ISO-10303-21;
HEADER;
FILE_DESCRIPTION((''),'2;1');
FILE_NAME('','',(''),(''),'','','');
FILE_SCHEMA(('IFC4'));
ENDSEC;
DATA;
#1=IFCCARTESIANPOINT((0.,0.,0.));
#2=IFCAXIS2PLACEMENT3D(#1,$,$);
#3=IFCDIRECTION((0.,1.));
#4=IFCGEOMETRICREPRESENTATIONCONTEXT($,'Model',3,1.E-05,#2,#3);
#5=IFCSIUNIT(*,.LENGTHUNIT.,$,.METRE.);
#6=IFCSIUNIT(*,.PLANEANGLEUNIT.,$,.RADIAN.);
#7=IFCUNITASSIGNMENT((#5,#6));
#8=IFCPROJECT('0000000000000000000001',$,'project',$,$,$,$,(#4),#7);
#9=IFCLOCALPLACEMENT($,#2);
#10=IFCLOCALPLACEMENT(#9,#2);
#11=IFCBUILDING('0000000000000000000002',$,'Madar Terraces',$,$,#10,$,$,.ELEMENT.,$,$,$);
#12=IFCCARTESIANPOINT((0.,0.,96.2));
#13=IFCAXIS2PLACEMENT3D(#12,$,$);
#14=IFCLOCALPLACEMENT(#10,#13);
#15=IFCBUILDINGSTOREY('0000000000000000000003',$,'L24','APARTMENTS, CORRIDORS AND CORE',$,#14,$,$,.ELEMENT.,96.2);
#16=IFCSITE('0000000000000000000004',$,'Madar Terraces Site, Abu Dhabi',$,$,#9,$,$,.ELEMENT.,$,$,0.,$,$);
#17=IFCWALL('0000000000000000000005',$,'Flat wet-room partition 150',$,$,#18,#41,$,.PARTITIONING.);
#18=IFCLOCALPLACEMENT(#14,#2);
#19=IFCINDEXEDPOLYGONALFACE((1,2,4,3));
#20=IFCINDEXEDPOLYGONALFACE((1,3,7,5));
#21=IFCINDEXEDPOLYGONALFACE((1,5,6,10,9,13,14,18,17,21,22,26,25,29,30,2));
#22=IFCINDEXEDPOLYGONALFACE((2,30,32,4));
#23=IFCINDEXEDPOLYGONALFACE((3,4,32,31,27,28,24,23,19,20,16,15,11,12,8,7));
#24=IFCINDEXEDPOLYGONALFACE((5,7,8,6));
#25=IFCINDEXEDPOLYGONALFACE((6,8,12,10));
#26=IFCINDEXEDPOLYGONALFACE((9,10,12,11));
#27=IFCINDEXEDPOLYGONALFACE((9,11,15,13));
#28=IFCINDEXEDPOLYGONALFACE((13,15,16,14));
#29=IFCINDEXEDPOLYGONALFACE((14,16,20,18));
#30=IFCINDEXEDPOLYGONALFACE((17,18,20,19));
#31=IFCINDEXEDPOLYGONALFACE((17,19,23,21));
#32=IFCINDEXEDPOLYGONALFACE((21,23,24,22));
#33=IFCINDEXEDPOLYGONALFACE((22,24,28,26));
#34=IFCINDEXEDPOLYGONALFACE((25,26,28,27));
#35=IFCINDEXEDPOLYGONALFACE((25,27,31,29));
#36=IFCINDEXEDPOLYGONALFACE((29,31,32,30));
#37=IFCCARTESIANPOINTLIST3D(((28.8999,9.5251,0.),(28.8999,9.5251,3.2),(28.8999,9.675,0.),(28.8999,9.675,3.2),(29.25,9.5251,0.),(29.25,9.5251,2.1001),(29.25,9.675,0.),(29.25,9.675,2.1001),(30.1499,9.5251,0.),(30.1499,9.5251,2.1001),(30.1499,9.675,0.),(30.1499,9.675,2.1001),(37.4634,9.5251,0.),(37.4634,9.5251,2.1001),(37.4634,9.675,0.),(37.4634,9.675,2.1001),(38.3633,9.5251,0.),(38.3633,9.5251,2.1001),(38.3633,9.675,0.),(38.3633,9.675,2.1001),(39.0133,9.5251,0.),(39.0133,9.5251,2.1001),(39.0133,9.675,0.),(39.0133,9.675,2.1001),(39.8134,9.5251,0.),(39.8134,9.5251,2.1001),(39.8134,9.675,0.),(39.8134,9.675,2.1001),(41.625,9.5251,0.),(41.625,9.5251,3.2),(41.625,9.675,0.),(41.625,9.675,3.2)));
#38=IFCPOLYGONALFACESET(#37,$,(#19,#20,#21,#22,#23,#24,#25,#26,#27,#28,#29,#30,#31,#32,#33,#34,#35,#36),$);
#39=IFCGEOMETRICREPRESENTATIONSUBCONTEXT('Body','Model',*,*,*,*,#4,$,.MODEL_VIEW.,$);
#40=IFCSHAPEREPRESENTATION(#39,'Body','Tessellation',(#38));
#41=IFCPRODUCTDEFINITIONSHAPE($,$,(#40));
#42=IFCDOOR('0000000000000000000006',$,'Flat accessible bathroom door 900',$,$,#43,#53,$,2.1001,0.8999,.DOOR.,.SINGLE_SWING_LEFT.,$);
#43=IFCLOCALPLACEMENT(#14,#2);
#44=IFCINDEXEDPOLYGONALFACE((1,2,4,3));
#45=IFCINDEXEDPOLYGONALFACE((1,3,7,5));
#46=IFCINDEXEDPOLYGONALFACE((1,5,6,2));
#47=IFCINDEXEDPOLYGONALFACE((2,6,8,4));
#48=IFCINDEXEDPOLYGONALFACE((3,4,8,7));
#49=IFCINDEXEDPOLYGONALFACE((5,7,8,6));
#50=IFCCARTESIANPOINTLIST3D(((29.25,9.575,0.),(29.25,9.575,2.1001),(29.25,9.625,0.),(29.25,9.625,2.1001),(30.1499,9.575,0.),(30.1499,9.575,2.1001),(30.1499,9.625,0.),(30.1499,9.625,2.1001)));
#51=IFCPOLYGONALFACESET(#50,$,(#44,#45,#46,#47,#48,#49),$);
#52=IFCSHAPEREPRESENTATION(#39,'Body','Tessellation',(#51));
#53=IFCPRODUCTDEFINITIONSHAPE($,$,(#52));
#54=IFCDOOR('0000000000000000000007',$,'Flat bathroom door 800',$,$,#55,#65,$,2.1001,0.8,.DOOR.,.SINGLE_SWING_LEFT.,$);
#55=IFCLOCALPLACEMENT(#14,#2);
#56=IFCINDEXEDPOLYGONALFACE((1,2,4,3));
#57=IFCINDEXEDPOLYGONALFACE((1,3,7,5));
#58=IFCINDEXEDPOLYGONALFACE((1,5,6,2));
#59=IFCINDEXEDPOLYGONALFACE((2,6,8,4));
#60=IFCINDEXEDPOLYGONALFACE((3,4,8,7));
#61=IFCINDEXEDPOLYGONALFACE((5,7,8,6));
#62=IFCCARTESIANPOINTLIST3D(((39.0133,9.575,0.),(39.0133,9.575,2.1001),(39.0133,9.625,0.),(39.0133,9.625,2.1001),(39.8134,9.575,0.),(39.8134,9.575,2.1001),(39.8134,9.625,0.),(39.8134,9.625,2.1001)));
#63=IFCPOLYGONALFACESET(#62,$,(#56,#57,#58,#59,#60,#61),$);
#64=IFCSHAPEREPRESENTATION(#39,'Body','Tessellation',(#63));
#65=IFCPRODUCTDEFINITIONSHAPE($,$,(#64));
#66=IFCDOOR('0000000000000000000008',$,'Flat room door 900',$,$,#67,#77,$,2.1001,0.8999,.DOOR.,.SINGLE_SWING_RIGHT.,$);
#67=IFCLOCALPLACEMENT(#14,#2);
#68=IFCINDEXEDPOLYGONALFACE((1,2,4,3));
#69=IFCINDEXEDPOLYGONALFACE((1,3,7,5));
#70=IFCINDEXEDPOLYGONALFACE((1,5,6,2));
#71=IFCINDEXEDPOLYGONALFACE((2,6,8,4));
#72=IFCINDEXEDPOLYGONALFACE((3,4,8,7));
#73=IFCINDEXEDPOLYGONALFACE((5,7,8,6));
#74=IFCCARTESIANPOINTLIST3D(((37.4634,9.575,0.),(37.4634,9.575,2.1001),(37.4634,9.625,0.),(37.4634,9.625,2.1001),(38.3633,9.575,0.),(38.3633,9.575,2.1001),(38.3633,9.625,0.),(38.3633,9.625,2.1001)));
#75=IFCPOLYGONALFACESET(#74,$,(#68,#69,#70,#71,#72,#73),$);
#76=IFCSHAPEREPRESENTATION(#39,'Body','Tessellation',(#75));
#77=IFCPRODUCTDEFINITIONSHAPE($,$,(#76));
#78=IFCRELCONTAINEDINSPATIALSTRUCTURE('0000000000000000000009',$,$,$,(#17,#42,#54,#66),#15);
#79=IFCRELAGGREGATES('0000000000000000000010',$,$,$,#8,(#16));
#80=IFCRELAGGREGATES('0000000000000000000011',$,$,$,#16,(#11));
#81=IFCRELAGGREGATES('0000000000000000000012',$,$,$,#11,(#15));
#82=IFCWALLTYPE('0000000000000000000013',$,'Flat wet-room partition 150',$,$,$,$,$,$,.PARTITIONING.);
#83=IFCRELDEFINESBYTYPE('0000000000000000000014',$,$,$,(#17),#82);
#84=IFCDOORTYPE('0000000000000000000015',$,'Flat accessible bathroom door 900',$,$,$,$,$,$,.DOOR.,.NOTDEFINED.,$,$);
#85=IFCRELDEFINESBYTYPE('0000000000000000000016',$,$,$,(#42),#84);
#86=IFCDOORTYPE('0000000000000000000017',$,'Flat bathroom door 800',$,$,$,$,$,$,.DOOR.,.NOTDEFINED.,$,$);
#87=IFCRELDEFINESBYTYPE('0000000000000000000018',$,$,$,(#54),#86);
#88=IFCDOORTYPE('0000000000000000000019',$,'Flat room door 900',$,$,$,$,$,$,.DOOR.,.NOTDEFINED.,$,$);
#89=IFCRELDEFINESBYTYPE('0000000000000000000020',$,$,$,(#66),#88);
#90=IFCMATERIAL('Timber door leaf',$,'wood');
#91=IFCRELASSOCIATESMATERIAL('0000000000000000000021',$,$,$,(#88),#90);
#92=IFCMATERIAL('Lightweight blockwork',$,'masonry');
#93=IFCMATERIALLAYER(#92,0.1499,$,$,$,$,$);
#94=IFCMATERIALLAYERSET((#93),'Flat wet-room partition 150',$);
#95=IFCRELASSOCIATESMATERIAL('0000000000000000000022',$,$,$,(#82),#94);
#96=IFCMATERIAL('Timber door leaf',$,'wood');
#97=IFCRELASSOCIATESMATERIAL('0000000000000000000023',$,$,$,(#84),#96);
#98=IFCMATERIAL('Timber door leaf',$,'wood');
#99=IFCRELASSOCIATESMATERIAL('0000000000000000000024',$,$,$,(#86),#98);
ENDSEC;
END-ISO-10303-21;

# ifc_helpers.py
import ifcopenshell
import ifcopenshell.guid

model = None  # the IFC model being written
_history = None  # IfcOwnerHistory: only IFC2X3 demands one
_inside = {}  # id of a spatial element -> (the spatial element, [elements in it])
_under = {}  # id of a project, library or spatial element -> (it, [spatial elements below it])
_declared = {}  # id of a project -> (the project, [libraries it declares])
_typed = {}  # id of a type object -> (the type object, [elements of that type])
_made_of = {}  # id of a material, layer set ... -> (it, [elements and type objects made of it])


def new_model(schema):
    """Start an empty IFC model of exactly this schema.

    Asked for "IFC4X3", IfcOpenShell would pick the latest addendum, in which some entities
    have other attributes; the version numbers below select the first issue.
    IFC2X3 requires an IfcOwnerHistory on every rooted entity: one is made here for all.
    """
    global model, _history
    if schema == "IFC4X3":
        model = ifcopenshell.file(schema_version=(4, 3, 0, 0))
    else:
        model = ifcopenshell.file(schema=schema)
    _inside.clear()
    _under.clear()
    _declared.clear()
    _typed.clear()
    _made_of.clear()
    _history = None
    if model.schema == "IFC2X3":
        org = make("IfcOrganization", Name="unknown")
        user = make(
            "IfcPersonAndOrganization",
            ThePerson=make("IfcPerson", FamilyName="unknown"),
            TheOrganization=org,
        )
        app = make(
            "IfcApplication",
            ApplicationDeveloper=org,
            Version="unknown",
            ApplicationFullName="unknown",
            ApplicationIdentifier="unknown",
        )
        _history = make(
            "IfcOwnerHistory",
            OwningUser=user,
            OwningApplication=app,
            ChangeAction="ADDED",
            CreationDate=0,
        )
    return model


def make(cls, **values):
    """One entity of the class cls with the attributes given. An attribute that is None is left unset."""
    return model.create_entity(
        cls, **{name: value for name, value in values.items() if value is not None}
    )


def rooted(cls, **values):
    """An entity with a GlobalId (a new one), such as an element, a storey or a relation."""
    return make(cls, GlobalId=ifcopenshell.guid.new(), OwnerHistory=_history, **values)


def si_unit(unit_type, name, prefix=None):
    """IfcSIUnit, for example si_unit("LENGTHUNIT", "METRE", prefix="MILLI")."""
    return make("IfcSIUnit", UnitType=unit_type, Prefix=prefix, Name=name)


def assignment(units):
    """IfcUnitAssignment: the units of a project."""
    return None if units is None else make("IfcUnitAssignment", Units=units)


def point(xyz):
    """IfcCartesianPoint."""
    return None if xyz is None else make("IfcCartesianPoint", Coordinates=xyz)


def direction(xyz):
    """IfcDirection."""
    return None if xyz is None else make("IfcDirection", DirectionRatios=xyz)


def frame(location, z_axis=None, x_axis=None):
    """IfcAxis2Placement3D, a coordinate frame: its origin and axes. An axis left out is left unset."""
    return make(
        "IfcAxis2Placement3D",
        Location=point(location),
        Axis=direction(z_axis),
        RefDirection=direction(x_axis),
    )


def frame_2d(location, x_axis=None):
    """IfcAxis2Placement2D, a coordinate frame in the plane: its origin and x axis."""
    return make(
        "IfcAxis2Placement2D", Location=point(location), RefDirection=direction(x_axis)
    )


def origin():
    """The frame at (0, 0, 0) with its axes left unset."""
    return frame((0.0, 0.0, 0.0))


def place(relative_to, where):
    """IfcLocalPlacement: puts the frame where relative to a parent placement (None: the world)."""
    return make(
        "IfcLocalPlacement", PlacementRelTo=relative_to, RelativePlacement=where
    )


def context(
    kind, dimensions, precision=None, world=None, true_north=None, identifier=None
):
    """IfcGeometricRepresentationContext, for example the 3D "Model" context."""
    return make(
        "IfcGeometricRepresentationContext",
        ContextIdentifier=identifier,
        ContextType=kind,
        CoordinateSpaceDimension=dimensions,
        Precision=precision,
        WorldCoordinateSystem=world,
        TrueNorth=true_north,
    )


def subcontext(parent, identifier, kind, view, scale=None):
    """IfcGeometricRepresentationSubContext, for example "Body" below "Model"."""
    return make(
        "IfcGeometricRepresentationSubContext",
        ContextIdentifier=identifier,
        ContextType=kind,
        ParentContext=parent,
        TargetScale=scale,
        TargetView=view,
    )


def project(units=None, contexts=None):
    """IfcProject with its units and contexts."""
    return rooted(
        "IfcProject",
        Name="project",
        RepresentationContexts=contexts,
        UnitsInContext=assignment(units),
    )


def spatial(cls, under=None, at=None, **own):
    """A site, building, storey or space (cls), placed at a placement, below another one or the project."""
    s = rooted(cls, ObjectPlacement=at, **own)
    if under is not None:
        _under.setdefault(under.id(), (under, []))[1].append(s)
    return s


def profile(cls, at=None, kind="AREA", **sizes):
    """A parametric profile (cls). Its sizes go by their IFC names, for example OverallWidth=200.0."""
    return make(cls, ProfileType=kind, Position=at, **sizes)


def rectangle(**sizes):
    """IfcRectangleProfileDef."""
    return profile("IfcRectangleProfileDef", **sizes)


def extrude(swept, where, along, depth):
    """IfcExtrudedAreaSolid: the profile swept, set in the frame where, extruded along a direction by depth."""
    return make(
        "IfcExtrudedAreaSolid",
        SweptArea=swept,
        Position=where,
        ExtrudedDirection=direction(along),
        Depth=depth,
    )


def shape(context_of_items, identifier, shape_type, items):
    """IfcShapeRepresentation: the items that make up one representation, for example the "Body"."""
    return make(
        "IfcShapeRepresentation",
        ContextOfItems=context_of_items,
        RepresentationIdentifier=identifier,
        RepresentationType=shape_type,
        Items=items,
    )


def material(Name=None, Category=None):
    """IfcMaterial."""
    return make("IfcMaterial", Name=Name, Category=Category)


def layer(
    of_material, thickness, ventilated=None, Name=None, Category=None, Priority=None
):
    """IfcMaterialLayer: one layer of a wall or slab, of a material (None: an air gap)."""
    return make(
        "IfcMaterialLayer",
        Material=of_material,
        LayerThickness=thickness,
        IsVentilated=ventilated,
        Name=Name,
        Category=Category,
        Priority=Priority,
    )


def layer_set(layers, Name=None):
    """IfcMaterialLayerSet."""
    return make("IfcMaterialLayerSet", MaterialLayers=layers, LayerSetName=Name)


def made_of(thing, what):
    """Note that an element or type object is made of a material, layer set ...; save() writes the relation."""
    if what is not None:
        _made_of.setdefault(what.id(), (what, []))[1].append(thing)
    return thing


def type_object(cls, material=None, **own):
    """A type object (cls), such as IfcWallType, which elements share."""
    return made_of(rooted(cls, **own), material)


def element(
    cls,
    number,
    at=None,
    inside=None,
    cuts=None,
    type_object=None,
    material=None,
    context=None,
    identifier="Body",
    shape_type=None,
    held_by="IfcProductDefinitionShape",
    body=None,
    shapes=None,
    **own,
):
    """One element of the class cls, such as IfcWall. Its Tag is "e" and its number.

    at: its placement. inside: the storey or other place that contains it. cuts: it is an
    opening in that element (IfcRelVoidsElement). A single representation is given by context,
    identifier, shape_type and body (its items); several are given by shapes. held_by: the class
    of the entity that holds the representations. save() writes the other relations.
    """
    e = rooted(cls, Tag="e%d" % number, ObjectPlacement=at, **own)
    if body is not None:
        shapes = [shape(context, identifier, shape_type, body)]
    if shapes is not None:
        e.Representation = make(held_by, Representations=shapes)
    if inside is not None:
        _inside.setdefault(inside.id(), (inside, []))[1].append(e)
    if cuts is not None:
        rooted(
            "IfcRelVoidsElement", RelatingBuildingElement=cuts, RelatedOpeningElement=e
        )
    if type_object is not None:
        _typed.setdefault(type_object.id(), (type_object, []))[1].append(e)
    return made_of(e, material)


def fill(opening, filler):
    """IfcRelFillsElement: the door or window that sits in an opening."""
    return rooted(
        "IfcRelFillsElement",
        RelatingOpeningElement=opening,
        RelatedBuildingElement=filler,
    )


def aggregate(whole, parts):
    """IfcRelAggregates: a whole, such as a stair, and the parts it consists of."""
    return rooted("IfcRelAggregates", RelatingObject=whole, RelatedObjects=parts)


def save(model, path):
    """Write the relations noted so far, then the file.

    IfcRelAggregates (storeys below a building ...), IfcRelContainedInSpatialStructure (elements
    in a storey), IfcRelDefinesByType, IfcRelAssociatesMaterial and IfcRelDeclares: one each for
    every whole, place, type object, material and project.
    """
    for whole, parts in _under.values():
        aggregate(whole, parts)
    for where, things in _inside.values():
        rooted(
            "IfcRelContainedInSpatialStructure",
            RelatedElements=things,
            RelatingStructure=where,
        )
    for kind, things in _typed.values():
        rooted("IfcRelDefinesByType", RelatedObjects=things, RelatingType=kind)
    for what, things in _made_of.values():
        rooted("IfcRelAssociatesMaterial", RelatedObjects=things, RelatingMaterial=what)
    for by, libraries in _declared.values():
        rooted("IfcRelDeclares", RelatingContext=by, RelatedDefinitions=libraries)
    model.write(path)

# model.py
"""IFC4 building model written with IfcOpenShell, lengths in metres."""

from ifc_helpers import new_model, si_unit, direction, frame, frame_2d, origin, place, context, subcontext, project, spatial, rectangle, extrude, material, layer, layer_set, type_object, element, fill, save


model = new_model("IFC4")

# Units and contexts
model_context = context("Model", 3, precision=1e-05, world=origin(), true_north=direction((0.0, 1.0)))
body_context = subcontext(model_context, "Body", "Model", "MODEL_VIEW")
ifc_project = project(units=[si_unit("LENGTHUNIT", "METRE"), si_unit("PLANEANGLEUNIT", "RADIAN")], contexts=[model_context])

# Site, building, storey
site_placement = place(None, origin())
site = spatial("IfcSite", under=ifc_project, at=site_placement, Name="Madar Terraces Site, Abu Dhabi", CompositionType="ELEMENT", RefElevation=0.0)
building_placement = place(site_placement, origin())
building = spatial("IfcBuilding", under=site, at=building_placement, Name="Madar Terraces", CompositionType="ELEMENT")
storey_placement = place(building_placement, frame((0.0, 0.0, 96.2)))
storey = spatial("IfcBuildingStorey", under=building, at=storey_placement, Name="L24", Description="APARTMENTS, CORRIDORS AND CORE", CompositionType="ELEMENT", Elevation=96.2)

# Shared definitions
ifc_material_1 = material(Name="Timber door leaf", Category="wood")
door_type_1 = type_object("IfcDoorType", Name="Flat room door 900", OperationType="NOTDEFINED", PredefinedType="DOOR", material=ifc_material_1)

# Shared definitions
ifc_material_2 = material(Name="Lightweight blockwork", Category="masonry")
ifc_layer_1 = layer(ifc_material_2, 0.1499)
ifc_layer_set_1 = layer_set([ifc_layer_1], Name="Flat wet-room partition 150")
wall_type_1 = type_object("IfcWallType", Name="Flat wet-room partition 150", PredefinedType="PARTITIONING", material=ifc_layer_set_1)

# Wall, openings, doors
wall_1_placement = place(storey_placement, frame((28.8999, 9.6001, 0.0), z_axis=(0.0, 0.0, 1.0), x_axis=(1.0, 0.0, 0.0)))
wall_1 = element("IfcWall", 1, at=wall_1_placement, inside=storey, type_object=wall_type_1, Name="Flat wet-room partition 150", PredefinedType="PARTITIONING", context=body_context, shape_type="SweptSolid", body=[
    extrude(rectangle(XDim=12.7251, YDim=0.1499, at=frame_2d((6.3625, 0.0))), origin(), (0.0, 0.0, 1.0), 3.2),
])
opening_1_placement = place(wall_1_placement, frame((10.1135, 0.0, 0.0)))
opening_1 = element("IfcOpeningElement", 2, at=opening_1_placement, cuts=wall_1, PredefinedType="OPENING", context=body_context, shape_type="SweptSolid", body=[
    extrude(rectangle(XDim=0.8, YDim=2.1001, at=frame_2d((0.3999, 1.05))), frame((0.0, 0.085, 0.0), z_axis=(0.0, -1.0, 0.0), x_axis=(1.0, 0.0, 0.0)), (0.0, 0.0, 1.0), 0.1699),
])
opening_2_placement = place(wall_1_placement, frame((8.5635, 0.0, 0.0)))
opening_2 = element("IfcOpeningElement", 3, at=opening_2_placement, cuts=wall_1, PredefinedType="OPENING", context=body_context, shape_type="SweptSolid", body=[
    extrude(rectangle(XDim=0.8999, YDim=2.1001, at=frame_2d((0.45, 1.05))), frame((0.0, 0.085, 0.0), z_axis=(0.0, -1.0, 0.0), x_axis=(1.0, 0.0, 0.0)), (0.0, 0.0, 1.0), 0.1699),
])
opening_3_placement = place(wall_1_placement, frame((0.3501, 0.0, 0.0)))
opening_3 = element("IfcOpeningElement", 4, at=opening_3_placement, cuts=wall_1, PredefinedType="OPENING", context=body_context, shape_type="SweptSolid", body=[
    extrude(rectangle(XDim=0.8999, YDim=2.1001, at=frame_2d((0.45, 1.05))), frame((0.0, 0.085, 0.0), z_axis=(0.0, -1.0, 0.0), x_axis=(1.0, 0.0, 0.0)), (0.0, 0.0, 1.0), 0.1699),
])
ifc_material_3 = material(Name="Timber door leaf", Category="wood")
door_type_2 = type_object("IfcDoorType", Name="Flat accessible bathroom door 900", OperationType="NOTDEFINED", PredefinedType="DOOR", material=ifc_material_3)
door_1_placement = place(opening_3_placement, origin())
door_1 = element("IfcDoor", 5, at=door_1_placement, inside=storey, type_object=door_type_2, Name="Flat accessible bathroom door 900", OperationType="SINGLE_SWING_LEFT", OverallHeight=2.1001, OverallWidth=0.8999, PredefinedType="DOOR", context=body_context, shape_type="SweptSolid", body=[
    extrude(rectangle(XDim=0.8999, YDim=2.1001, at=frame_2d((0.45, 1.05))), frame((0.0, 0.0249, 0.0), z_axis=(0.0, -1.0, 0.0), x_axis=(1.0, 0.0, 0.0)), (0.0, 0.0, 1.0), 0.05),
])
fill(opening_3, door_1)
ifc_material_4 = material(Name="Timber door leaf", Category="wood")
door_type_3 = type_object("IfcDoorType", Name="Flat bathroom door 800", OperationType="NOTDEFINED", PredefinedType="DOOR", material=ifc_material_4)
door_2_placement = place(opening_1_placement, origin())
door_2 = element("IfcDoor", 6, at=door_2_placement, inside=storey, type_object=door_type_3, Name="Flat bathroom door 800", OperationType="SINGLE_SWING_LEFT", OverallHeight=2.1001, OverallWidth=0.8, PredefinedType="DOOR", context=body_context, shape_type="SweptSolid", body=[
    extrude(rectangle(XDim=0.8, YDim=2.1001, at=frame_2d((0.3999, 1.05))), frame((0.0, 0.0249, 0.0), z_axis=(0.0, -1.0, 0.0), x_axis=(1.0, 0.0, 0.0)), (0.0, 0.0, 1.0), 0.05),
])
fill(opening_1, door_2)
door_3_placement = place(opening_2_placement, origin())
door_3 = element("IfcDoor", 7, at=door_3_placement, inside=storey, type_object=door_type_1, Name="Flat room door 900", OperationType="SINGLE_SWING_RIGHT", OverallHeight=2.1001, OverallWidth=0.8999, PredefinedType="DOOR", context=body_context, shape_type="SweptSolid", body=[
    extrude(rectangle(XDim=0.8999, YDim=2.1001, at=frame_2d((0.45, 1.05))), frame((0.0, 0.0249, 0.0), z_axis=(0.0, -1.0, 0.0), x_axis=(1.0, 0.0, 0.0)), (0.0, 0.0, 1.0), 0.05),
])
fill(opening_2, door_3)

save(model, "model.ifc")
